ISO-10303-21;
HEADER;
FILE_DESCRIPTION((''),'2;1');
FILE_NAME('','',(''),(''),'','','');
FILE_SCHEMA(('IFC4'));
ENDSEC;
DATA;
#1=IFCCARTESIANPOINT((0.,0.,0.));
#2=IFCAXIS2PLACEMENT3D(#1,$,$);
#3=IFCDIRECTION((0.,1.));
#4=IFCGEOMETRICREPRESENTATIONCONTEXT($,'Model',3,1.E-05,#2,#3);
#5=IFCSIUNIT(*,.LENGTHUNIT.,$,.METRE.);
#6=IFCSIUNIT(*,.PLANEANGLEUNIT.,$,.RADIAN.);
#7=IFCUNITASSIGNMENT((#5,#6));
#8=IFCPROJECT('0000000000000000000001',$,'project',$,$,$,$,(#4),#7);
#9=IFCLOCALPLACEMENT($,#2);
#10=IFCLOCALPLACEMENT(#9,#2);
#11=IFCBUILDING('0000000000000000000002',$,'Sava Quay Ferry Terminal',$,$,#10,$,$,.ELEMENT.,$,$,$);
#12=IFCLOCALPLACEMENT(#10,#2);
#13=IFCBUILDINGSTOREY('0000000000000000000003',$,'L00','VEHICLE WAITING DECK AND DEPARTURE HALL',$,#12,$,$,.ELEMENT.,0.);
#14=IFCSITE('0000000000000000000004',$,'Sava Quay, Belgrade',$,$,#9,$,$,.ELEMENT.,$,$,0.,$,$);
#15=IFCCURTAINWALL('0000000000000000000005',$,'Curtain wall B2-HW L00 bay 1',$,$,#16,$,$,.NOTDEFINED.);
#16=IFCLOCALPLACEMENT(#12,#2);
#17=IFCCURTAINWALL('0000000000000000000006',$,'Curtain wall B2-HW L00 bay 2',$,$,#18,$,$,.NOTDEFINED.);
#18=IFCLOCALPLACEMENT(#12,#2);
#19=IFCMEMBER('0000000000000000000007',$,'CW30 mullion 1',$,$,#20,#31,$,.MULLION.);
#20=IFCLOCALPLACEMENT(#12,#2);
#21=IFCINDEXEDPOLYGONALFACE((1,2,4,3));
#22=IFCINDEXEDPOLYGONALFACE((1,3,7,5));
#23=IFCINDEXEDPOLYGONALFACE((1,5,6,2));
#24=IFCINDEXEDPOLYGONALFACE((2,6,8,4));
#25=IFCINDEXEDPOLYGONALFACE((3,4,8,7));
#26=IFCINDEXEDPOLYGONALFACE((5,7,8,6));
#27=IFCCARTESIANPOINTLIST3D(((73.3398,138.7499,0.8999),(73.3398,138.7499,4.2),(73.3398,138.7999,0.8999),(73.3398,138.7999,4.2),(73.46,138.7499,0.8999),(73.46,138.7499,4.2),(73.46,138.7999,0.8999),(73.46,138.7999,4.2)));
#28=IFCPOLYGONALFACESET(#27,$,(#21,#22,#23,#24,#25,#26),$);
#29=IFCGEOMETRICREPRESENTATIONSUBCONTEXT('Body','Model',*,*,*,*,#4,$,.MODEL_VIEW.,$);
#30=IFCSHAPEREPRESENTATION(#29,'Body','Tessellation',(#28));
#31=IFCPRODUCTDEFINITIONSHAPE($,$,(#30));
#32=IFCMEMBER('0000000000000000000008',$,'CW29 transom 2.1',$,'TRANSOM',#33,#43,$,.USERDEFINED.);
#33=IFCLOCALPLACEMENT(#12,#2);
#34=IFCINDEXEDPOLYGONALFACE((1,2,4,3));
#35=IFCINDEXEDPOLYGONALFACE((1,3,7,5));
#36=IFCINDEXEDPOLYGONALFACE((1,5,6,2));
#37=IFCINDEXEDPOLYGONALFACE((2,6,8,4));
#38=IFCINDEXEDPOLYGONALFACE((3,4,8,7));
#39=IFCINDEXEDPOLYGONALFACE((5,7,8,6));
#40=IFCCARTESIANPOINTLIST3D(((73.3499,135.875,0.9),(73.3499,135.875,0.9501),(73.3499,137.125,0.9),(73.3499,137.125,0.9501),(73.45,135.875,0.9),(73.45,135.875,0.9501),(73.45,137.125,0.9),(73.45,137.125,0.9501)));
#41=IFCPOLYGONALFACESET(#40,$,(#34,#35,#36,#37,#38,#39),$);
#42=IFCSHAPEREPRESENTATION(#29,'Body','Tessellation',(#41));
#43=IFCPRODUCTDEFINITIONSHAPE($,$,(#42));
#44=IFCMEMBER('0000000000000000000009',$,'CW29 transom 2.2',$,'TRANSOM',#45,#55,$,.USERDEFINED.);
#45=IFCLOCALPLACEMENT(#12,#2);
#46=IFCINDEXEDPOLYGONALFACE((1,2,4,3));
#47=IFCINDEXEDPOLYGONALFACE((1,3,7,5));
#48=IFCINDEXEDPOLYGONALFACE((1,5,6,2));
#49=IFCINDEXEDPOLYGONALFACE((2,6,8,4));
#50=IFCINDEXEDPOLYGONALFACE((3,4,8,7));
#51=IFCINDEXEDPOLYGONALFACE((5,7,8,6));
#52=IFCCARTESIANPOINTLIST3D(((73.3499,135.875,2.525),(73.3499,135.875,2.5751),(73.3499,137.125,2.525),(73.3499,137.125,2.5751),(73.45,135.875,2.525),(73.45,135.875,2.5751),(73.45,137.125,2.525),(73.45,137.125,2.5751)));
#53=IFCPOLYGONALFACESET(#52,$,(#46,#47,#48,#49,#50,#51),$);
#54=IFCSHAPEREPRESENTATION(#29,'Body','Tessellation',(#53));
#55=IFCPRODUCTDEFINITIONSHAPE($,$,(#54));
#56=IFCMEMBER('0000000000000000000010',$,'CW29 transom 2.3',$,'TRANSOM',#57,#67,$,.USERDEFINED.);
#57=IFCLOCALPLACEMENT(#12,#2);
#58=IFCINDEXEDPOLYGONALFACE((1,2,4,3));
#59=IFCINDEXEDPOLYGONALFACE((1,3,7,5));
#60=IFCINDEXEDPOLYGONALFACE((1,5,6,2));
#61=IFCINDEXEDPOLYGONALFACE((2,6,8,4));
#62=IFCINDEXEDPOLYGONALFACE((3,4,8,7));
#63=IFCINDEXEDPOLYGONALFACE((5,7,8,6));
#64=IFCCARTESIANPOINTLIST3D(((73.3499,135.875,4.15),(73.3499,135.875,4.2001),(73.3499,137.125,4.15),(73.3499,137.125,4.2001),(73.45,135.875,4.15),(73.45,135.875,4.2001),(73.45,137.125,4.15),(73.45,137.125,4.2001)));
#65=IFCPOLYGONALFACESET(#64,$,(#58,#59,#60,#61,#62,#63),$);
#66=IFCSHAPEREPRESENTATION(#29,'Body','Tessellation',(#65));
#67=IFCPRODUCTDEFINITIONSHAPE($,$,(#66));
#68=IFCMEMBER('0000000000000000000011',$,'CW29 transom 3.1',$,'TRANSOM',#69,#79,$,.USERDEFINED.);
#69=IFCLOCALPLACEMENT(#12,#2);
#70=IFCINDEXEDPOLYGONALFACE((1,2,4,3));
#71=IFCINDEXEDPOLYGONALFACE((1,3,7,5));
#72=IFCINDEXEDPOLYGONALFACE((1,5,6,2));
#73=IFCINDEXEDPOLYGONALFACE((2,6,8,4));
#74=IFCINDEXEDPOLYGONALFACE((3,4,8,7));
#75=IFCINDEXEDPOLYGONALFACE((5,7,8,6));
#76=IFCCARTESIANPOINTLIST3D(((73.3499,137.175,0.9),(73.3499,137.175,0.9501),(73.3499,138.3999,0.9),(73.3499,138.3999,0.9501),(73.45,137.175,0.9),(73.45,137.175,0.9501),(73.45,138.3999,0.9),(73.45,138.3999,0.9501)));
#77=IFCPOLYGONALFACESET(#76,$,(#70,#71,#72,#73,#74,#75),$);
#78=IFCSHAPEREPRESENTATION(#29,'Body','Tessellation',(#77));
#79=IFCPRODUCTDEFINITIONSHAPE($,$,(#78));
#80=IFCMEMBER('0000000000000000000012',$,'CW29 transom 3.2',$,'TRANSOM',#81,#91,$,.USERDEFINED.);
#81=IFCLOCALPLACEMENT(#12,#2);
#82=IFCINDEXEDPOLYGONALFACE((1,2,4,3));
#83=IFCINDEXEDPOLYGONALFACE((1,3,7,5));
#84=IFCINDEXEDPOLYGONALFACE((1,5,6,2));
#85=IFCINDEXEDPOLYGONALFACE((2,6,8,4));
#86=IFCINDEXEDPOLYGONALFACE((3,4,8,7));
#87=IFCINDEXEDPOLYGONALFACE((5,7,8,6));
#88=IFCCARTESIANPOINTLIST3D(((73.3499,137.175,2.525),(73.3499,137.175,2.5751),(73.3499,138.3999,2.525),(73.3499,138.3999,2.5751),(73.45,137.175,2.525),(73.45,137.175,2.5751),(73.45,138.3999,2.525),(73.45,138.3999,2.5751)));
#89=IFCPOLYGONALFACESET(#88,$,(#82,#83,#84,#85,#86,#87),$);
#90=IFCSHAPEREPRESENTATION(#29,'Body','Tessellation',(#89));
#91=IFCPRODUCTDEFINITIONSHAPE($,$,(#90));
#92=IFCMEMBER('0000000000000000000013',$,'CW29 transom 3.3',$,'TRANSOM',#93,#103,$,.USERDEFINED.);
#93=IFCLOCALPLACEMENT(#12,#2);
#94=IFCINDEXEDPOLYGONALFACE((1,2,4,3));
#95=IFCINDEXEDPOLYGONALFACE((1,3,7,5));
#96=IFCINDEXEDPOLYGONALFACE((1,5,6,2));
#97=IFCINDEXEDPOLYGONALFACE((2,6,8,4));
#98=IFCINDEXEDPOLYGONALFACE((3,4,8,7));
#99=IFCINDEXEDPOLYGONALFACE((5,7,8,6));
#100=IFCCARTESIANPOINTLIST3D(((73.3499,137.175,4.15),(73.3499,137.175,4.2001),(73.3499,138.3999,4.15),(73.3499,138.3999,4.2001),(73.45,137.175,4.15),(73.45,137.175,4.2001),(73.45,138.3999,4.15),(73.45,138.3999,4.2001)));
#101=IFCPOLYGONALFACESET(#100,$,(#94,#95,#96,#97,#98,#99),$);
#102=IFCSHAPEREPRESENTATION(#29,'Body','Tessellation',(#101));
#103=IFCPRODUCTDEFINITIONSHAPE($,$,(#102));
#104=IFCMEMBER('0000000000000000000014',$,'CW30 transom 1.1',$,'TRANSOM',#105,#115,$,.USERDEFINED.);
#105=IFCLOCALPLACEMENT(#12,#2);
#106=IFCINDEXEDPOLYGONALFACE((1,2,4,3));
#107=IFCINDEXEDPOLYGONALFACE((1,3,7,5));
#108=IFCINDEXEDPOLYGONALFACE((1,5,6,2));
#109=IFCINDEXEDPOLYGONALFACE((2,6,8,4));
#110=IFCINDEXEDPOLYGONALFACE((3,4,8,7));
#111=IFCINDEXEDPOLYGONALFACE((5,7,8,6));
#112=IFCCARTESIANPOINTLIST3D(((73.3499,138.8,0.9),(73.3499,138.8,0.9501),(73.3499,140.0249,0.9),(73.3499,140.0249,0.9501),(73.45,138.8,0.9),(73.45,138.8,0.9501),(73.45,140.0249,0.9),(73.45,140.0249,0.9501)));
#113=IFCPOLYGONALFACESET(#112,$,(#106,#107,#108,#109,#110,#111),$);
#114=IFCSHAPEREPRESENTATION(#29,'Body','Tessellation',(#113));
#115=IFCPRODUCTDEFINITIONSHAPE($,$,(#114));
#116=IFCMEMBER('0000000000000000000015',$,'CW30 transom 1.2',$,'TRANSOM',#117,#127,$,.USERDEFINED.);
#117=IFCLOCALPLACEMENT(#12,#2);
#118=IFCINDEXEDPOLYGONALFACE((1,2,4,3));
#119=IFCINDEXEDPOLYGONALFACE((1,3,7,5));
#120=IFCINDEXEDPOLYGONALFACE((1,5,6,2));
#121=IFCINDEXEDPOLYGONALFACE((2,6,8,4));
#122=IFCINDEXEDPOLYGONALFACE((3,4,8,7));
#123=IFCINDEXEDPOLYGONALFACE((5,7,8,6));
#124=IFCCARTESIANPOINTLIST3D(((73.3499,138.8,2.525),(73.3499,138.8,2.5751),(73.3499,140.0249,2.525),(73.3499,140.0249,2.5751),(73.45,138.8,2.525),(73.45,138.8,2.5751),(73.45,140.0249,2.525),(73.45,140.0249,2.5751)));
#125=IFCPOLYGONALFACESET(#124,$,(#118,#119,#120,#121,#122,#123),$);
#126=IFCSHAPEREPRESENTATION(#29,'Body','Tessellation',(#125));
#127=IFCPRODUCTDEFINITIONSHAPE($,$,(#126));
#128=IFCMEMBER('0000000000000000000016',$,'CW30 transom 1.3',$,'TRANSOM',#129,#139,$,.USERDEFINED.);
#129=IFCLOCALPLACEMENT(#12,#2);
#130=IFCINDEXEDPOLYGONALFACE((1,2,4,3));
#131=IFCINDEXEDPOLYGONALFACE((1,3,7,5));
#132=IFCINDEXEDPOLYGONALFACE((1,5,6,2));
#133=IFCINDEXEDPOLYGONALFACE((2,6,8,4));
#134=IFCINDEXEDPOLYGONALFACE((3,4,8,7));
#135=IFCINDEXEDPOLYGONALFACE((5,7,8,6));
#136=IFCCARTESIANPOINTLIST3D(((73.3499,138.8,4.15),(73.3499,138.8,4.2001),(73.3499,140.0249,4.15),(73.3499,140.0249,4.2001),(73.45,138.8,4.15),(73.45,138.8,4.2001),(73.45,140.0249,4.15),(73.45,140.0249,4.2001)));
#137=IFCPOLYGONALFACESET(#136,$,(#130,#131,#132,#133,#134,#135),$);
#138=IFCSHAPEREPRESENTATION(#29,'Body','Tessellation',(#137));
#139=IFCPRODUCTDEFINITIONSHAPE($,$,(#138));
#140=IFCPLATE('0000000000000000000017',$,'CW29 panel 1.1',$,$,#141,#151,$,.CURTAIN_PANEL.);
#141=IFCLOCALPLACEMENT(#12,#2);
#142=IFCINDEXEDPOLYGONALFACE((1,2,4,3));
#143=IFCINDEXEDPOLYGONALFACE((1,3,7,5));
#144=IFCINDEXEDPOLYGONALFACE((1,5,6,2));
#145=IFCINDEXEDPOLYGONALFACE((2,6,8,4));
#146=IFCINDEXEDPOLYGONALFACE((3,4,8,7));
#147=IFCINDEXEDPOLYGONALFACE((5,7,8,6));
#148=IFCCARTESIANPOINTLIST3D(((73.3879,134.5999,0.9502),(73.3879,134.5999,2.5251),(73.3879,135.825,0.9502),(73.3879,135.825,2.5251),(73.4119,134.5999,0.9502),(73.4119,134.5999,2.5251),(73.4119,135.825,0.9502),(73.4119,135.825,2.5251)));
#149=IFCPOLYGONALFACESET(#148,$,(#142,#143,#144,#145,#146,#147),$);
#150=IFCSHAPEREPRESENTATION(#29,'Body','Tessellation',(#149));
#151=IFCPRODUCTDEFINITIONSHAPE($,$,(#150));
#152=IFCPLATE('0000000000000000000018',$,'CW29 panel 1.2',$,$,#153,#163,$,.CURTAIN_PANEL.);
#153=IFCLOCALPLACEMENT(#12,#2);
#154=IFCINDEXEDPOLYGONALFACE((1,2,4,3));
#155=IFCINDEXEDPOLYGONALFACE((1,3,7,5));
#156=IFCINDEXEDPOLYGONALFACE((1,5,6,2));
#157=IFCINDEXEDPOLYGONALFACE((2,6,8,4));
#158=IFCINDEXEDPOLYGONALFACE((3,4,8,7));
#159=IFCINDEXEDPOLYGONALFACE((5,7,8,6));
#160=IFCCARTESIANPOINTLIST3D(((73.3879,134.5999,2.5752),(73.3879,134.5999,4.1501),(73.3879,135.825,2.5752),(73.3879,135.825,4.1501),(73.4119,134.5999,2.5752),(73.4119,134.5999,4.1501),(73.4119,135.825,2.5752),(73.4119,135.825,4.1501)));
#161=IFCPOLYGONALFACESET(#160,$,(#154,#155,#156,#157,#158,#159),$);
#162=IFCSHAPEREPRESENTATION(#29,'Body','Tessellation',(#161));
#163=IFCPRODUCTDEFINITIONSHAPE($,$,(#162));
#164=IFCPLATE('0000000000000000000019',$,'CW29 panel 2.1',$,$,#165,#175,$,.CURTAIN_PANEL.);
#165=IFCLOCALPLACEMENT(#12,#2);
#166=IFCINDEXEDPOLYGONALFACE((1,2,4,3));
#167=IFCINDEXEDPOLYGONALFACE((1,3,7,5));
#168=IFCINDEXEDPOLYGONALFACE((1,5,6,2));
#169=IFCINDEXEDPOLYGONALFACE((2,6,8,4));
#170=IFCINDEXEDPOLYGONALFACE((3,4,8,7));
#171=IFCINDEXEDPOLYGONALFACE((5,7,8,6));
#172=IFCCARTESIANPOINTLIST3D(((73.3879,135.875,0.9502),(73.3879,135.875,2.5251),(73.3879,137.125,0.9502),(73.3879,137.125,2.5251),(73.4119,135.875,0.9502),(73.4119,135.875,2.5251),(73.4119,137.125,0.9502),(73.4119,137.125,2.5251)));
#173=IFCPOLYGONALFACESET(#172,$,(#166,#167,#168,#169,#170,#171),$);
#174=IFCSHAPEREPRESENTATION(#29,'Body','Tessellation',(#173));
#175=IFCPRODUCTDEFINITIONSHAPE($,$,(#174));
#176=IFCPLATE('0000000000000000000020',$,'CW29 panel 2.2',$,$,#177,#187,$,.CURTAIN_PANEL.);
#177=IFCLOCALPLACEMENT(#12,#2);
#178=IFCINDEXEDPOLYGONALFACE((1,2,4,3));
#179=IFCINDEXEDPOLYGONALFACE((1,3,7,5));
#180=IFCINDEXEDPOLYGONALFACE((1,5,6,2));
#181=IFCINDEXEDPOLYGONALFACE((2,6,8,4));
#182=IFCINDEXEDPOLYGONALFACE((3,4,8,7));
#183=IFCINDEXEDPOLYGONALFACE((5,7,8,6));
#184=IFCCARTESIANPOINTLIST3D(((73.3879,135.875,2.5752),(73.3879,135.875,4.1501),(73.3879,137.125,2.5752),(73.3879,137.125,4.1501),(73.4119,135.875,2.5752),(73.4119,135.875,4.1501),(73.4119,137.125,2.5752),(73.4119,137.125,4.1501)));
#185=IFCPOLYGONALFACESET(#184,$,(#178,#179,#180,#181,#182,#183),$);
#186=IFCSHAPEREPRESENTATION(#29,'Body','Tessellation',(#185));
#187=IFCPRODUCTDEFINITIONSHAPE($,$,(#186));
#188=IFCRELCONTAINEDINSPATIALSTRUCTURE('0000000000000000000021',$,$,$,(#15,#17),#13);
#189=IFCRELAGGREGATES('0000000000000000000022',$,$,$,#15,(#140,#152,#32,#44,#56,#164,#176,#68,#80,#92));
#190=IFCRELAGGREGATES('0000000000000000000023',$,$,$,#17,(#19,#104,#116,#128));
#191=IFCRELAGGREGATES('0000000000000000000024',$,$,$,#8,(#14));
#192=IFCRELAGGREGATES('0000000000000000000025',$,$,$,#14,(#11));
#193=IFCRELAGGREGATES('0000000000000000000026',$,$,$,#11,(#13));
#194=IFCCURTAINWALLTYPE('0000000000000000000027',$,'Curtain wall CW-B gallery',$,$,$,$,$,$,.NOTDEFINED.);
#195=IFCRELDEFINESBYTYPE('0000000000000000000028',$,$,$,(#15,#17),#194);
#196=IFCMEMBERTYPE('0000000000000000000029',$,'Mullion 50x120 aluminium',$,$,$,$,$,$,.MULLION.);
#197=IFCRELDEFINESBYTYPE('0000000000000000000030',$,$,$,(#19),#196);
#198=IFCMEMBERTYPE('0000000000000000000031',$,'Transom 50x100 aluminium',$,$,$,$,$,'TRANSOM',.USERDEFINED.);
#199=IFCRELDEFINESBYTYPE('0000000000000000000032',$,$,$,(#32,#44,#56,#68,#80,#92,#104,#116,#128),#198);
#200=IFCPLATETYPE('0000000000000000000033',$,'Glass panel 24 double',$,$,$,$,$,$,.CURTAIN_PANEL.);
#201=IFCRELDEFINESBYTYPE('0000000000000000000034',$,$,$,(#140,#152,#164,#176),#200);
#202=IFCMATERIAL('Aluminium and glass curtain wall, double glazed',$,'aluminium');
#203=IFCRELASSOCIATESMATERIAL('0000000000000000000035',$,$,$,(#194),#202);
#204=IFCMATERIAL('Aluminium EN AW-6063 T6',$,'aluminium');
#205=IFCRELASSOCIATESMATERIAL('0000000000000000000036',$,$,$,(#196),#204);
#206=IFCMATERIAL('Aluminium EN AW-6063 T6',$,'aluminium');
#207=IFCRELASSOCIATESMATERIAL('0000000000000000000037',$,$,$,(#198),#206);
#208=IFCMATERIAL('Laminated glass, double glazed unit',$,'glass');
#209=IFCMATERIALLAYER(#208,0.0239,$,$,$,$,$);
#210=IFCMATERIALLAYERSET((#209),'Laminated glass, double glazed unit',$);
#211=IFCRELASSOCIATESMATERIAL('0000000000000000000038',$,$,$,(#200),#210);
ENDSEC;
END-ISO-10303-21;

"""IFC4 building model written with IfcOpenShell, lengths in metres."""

from ifc_helpers import new_model, si_unit, direction, frame, origin, origin_2d, place, context, subcontext, project, spatial, rectangle, extrude, material, layer, layer_set, material_profile, profile_set, type_object, element, aggregate, save


model = new_model("IFC4")

# Units and contexts
model_context = context("Model", 3, precision=1e-05, world=origin(), true_north=direction((0.0, 1.0)))
body_context = subcontext(model_context, "Body", "Model", "MODEL_VIEW")
ifc_project = project(units=[si_unit("LENGTHUNIT", "METRE"), si_unit("PLANEANGLEUNIT", "RADIAN")], contexts=[model_context])

# Site, building, storey
site_placement = place(None, origin())
site = spatial("IfcSite", under=ifc_project, at=site_placement, Name="Sava Quay, Belgrade", CompositionType="ELEMENT", RefElevation=0.0)
building_placement = place(site_placement, origin())
building = spatial("IfcBuilding", under=site, at=building_placement, Name="Sava Quay Ferry Terminal", CompositionType="ELEMENT")
storey_placement = place(building_placement, origin())
storey = spatial("IfcBuildingStorey", under=building, at=storey_placement, Name="L00", Description="VEHICLE WAITING DECK AND DEPARTURE HALL", CompositionType="ELEMENT", Elevation=0.0)

# Curtain wall
ifc_material_1 = material(Name="Aluminium and glass curtain wall, double glazed", Category="aluminium")
curtain_wall_type = type_object("IfcCurtainWallType", Name="Curtain wall CW-B gallery", PredefinedType="NOTDEFINED", material=ifc_material_1)
curtain_wall_1_placement = place(storey_placement, origin())
curtain_wall_1 = element("IfcCurtainWall", 1, at=curtain_wall_1_placement, inside=storey, type_object=curtain_wall_type, Name="Curtain wall B2-HW L00 bay 1", PredefinedType="NOTDEFINED")
ifc_material_2 = material(Name="Aluminium EN AW-6063 T6", Category="aluminium")
ifc_material_profile_1 = material_profile(ifc_material_2, rectangle(XDim=0.1201, YDim=0.05, at=origin_2d()), Name="Mullion 50x120 aluminium")
ifc_profile_set_1 = profile_set([ifc_material_profile_1], Name="Aluminium EN AW-6063 T6")
member_type_1 = type_object("IfcMemberType", Name="Mullion 50x120 aluminium", PredefinedType="MULLION", material=ifc_profile_set_1)

# Curtain wall, member
curtain_wall_2_placement = place(storey_placement, origin())
curtain_wall_2 = element("IfcCurtainWall", 2, at=curtain_wall_2_placement, inside=storey, type_object=curtain_wall_type, Name="Curtain wall B2-HW L00 bay 2", PredefinedType="NOTDEFINED")
member_1_placement = place(storey_placement, frame((73.3999, 138.7749, 0.8999), z_axis=(0.0, 0.0, 1.0), x_axis=(-1.0, 0.0, 0.0)))
member_1 = element("IfcMember", 3, at=member_1_placement, type_object=member_type_1, Name="CW30 mullion 1", PredefinedType="MULLION", context=body_context, shape_type="SweptSolid", body=[
    extrude(rectangle(XDim=0.1201, YDim=0.05, at=origin_2d()), origin(), (0.0, 0.0, 1.0), 3.3),
])

# Members
ifc_material_3 = material(Name="Aluminium EN AW-6063 T6", Category="aluminium")
ifc_material_profile_2 = material_profile(ifc_material_3, rectangle(XDim=0.1001, YDim=0.05, at=origin_2d()), Name="Transom 50x100 aluminium")
ifc_profile_set_2 = profile_set([ifc_material_profile_2], Name="Aluminium EN AW-6063 T6")
member_type_2 = type_object("IfcMemberType", Name="Transom 50x100 aluminium", ElementType="TRANSOM", PredefinedType="USERDEFINED", material=ifc_profile_set_2)
member_2_placement = place(storey_placement, frame((73.3999, 135.875, 0.925), z_axis=(0.0, 1.0, 0.0), x_axis=(-1.0, 0.0, 0.0)))
member_2 = element("IfcMember", 4, at=member_2_placement, type_object=member_type_2, Name="CW29 transom 2.1", ObjectType="TRANSOM", PredefinedType="USERDEFINED", context=body_context, shape_type="SweptSolid", body=[
    extrude(rectangle(XDim=0.1001, YDim=0.05, at=origin_2d()), origin(), (0.0, 0.0, 1.0), 1.25),
])
member_3_placement = place(storey_placement, frame((73.3999, 135.875, 2.55), z_axis=(0.0, 1.0, 0.0), x_axis=(-1.0, 0.0, 0.0)))
member_3 = element("IfcMember", 5, at=member_3_placement, type_object=member_type_2, Name="CW29 transom 2.2", ObjectType="TRANSOM", PredefinedType="USERDEFINED", context=body_context, shape_type="SweptSolid", body=[
    extrude(rectangle(XDim=0.1001, YDim=0.05, at=origin_2d()), origin(), (0.0, 0.0, 1.0), 1.25),
])
member_4_placement = place(storey_placement, frame((73.3999, 135.875, 4.175), z_axis=(0.0, 1.0, 0.0), x_axis=(-1.0, 0.0, 0.0)))
member_4 = element("IfcMember", 6, at=member_4_placement, type_object=member_type_2, Name="CW29 transom 2.3", ObjectType="TRANSOM", PredefinedType="USERDEFINED", context=body_context, shape_type="SweptSolid", body=[
    extrude(rectangle(XDim=0.1001, YDim=0.05, at=origin_2d()), origin(), (0.0, 0.0, 1.0), 1.25),
])
member_5_placement = place(storey_placement, frame((73.3999, 137.175, 0.925), z_axis=(0.0, 1.0, 0.0), x_axis=(-1.0, 0.0, 0.0)))
member_5 = element("IfcMember", 7, at=member_5_placement, type_object=member_type_2, Name="CW29 transom 3.1", ObjectType="TRANSOM", PredefinedType="USERDEFINED", context=body_context, shape_type="SweptSolid", body=[
    extrude(rectangle(XDim=0.1001, YDim=0.05, at=origin_2d()), origin(), (0.0, 0.0, 1.0), 1.2249),
])
member_6_placement = place(storey_placement, frame((73.3999, 137.175, 2.55), z_axis=(0.0, 1.0, 0.0), x_axis=(-1.0, 0.0, 0.0)))
member_6 = element("IfcMember", 8, at=member_6_placement, type_object=member_type_2, Name="CW29 transom 3.2", ObjectType="TRANSOM", PredefinedType="USERDEFINED", context=body_context, shape_type="SweptSolid", body=[
    extrude(rectangle(XDim=0.1001, YDim=0.05, at=origin_2d()), origin(), (0.0, 0.0, 1.0), 1.2249),
])
member_7_placement = place(storey_placement, frame((73.3999, 137.175, 4.175), z_axis=(0.0, 1.0, 0.0), x_axis=(-1.0, 0.0, 0.0)))
member_7 = element("IfcMember", 9, at=member_7_placement, type_object=member_type_2, Name="CW29 transom 3.3", ObjectType="TRANSOM", PredefinedType="USERDEFINED", context=body_context, shape_type="SweptSolid", body=[
    extrude(rectangle(XDim=0.1001, YDim=0.05, at=origin_2d()), origin(), (0.0, 0.0, 1.0), 1.2249),
])
member_8_placement = place(storey_placement, frame((73.3999, 138.8, 0.925), z_axis=(0.0, 1.0, 0.0), x_axis=(-1.0, 0.0, 0.0)))
member_8 = element("IfcMember", 10, at=member_8_placement, type_object=member_type_2, Name="CW30 transom 1.1", ObjectType="TRANSOM", PredefinedType="USERDEFINED", context=body_context, shape_type="SweptSolid", body=[
    extrude(rectangle(XDim=0.1001, YDim=0.05, at=origin_2d()), origin(), (0.0, 0.0, 1.0), 1.2249),
])
member_9_placement = place(storey_placement, frame((73.3999, 138.8, 2.55), z_axis=(0.0, 1.0, 0.0), x_axis=(-1.0, 0.0, 0.0)))
member_9 = element("IfcMember", 11, at=member_9_placement, type_object=member_type_2, Name="CW30 transom 1.2", ObjectType="TRANSOM", PredefinedType="USERDEFINED", context=body_context, shape_type="SweptSolid", body=[
    extrude(rectangle(XDim=0.1001, YDim=0.05, at=origin_2d()), origin(), (0.0, 0.0, 1.0), 1.2249),
])
member_10_placement = place(storey_placement, frame((73.3999, 138.8, 4.175), z_axis=(0.0, 1.0, 0.0), x_axis=(-1.0, 0.0, 0.0)))
member_10 = element("IfcMember", 12, at=member_10_placement, type_object=member_type_2, Name="CW30 transom 1.3", ObjectType="TRANSOM", PredefinedType="USERDEFINED", context=body_context, shape_type="SweptSolid", body=[
    extrude(rectangle(XDim=0.1001, YDim=0.05, at=origin_2d()), origin(), (0.0, 0.0, 1.0), 1.2249),
])

# Plates
ifc_material_4 = material(Name="Laminated glass, double glazed unit", Category="glass")
ifc_layer_1 = layer(ifc_material_4, 0.0239)
ifc_layer_set_1 = layer_set([ifc_layer_1], Name="Laminated glass, double glazed unit")
plate_type = type_object("IfcPlateType", Name="Glass panel 24 double", PredefinedType="CURTAIN_PANEL", material=ifc_layer_set_1)
plate_1_placement = place(storey_placement, frame((73.3999, 135.2124, 0.9502), z_axis=(0.0, 0.0, 1.0), x_axis=(0.0, 1.0, 0.0)))
plate_1 = element("IfcPlate", 13, at=plate_1_placement, type_object=plate_type, Name="CW29 panel 1.1", PredefinedType="CURTAIN_PANEL", context=body_context, shape_type="SweptSolid", body=[
    extrude(rectangle(XDim=1.2251, YDim=0.0239, at=origin_2d()), origin(), (0.0, 0.0, 1.0), 1.575),
])
plate_2_placement = place(storey_placement, frame((73.3999, 135.2124, 2.5752), z_axis=(0.0, 0.0, 1.0), x_axis=(0.0, 1.0, 0.0)))
plate_2 = element("IfcPlate", 14, at=plate_2_placement, type_object=plate_type, Name="CW29 panel 1.2", PredefinedType="CURTAIN_PANEL", context=body_context, shape_type="SweptSolid", body=[
    extrude(rectangle(XDim=1.2251, YDim=0.0239, at=origin_2d()), origin(), (0.0, 0.0, 1.0), 1.575),
])
plate_3_placement = place(storey_placement, frame((73.3999, 136.5, 0.9502), z_axis=(0.0, 0.0, 1.0), x_axis=(0.0, 1.0, 0.0)))
plate_3 = element("IfcPlate", 15, at=plate_3_placement, type_object=plate_type, Name="CW29 panel 2.1", PredefinedType="CURTAIN_PANEL", context=body_context, shape_type="SweptSolid", body=[
    extrude(rectangle(XDim=1.25, YDim=0.0239, at=origin_2d()), origin(), (0.0, 0.0, 1.0), 1.575),
])
plate_4_placement = place(storey_placement, frame((73.3999, 136.5, 2.5752), z_axis=(0.0, 0.0, 1.0), x_axis=(0.0, 1.0, 0.0)))
plate_4 = element("IfcPlate", 16, at=plate_4_placement, type_object=plate_type, Name="CW29 panel 2.2", PredefinedType="CURTAIN_PANEL", context=body_context, shape_type="SweptSolid", body=[
    extrude(rectangle(XDim=1.25, YDim=0.0239, at=origin_2d()), origin(), (0.0, 0.0, 1.0), 1.575),
])
aggregate(curtain_wall_1, [plate_1, plate_2, member_2, member_3, member_4, plate_3, plate_4, member_5, member_6, member_7])
aggregate(curtain_wall_2, [member_1, member_8, member_9, member_10])

save(model, "model.ifc")
